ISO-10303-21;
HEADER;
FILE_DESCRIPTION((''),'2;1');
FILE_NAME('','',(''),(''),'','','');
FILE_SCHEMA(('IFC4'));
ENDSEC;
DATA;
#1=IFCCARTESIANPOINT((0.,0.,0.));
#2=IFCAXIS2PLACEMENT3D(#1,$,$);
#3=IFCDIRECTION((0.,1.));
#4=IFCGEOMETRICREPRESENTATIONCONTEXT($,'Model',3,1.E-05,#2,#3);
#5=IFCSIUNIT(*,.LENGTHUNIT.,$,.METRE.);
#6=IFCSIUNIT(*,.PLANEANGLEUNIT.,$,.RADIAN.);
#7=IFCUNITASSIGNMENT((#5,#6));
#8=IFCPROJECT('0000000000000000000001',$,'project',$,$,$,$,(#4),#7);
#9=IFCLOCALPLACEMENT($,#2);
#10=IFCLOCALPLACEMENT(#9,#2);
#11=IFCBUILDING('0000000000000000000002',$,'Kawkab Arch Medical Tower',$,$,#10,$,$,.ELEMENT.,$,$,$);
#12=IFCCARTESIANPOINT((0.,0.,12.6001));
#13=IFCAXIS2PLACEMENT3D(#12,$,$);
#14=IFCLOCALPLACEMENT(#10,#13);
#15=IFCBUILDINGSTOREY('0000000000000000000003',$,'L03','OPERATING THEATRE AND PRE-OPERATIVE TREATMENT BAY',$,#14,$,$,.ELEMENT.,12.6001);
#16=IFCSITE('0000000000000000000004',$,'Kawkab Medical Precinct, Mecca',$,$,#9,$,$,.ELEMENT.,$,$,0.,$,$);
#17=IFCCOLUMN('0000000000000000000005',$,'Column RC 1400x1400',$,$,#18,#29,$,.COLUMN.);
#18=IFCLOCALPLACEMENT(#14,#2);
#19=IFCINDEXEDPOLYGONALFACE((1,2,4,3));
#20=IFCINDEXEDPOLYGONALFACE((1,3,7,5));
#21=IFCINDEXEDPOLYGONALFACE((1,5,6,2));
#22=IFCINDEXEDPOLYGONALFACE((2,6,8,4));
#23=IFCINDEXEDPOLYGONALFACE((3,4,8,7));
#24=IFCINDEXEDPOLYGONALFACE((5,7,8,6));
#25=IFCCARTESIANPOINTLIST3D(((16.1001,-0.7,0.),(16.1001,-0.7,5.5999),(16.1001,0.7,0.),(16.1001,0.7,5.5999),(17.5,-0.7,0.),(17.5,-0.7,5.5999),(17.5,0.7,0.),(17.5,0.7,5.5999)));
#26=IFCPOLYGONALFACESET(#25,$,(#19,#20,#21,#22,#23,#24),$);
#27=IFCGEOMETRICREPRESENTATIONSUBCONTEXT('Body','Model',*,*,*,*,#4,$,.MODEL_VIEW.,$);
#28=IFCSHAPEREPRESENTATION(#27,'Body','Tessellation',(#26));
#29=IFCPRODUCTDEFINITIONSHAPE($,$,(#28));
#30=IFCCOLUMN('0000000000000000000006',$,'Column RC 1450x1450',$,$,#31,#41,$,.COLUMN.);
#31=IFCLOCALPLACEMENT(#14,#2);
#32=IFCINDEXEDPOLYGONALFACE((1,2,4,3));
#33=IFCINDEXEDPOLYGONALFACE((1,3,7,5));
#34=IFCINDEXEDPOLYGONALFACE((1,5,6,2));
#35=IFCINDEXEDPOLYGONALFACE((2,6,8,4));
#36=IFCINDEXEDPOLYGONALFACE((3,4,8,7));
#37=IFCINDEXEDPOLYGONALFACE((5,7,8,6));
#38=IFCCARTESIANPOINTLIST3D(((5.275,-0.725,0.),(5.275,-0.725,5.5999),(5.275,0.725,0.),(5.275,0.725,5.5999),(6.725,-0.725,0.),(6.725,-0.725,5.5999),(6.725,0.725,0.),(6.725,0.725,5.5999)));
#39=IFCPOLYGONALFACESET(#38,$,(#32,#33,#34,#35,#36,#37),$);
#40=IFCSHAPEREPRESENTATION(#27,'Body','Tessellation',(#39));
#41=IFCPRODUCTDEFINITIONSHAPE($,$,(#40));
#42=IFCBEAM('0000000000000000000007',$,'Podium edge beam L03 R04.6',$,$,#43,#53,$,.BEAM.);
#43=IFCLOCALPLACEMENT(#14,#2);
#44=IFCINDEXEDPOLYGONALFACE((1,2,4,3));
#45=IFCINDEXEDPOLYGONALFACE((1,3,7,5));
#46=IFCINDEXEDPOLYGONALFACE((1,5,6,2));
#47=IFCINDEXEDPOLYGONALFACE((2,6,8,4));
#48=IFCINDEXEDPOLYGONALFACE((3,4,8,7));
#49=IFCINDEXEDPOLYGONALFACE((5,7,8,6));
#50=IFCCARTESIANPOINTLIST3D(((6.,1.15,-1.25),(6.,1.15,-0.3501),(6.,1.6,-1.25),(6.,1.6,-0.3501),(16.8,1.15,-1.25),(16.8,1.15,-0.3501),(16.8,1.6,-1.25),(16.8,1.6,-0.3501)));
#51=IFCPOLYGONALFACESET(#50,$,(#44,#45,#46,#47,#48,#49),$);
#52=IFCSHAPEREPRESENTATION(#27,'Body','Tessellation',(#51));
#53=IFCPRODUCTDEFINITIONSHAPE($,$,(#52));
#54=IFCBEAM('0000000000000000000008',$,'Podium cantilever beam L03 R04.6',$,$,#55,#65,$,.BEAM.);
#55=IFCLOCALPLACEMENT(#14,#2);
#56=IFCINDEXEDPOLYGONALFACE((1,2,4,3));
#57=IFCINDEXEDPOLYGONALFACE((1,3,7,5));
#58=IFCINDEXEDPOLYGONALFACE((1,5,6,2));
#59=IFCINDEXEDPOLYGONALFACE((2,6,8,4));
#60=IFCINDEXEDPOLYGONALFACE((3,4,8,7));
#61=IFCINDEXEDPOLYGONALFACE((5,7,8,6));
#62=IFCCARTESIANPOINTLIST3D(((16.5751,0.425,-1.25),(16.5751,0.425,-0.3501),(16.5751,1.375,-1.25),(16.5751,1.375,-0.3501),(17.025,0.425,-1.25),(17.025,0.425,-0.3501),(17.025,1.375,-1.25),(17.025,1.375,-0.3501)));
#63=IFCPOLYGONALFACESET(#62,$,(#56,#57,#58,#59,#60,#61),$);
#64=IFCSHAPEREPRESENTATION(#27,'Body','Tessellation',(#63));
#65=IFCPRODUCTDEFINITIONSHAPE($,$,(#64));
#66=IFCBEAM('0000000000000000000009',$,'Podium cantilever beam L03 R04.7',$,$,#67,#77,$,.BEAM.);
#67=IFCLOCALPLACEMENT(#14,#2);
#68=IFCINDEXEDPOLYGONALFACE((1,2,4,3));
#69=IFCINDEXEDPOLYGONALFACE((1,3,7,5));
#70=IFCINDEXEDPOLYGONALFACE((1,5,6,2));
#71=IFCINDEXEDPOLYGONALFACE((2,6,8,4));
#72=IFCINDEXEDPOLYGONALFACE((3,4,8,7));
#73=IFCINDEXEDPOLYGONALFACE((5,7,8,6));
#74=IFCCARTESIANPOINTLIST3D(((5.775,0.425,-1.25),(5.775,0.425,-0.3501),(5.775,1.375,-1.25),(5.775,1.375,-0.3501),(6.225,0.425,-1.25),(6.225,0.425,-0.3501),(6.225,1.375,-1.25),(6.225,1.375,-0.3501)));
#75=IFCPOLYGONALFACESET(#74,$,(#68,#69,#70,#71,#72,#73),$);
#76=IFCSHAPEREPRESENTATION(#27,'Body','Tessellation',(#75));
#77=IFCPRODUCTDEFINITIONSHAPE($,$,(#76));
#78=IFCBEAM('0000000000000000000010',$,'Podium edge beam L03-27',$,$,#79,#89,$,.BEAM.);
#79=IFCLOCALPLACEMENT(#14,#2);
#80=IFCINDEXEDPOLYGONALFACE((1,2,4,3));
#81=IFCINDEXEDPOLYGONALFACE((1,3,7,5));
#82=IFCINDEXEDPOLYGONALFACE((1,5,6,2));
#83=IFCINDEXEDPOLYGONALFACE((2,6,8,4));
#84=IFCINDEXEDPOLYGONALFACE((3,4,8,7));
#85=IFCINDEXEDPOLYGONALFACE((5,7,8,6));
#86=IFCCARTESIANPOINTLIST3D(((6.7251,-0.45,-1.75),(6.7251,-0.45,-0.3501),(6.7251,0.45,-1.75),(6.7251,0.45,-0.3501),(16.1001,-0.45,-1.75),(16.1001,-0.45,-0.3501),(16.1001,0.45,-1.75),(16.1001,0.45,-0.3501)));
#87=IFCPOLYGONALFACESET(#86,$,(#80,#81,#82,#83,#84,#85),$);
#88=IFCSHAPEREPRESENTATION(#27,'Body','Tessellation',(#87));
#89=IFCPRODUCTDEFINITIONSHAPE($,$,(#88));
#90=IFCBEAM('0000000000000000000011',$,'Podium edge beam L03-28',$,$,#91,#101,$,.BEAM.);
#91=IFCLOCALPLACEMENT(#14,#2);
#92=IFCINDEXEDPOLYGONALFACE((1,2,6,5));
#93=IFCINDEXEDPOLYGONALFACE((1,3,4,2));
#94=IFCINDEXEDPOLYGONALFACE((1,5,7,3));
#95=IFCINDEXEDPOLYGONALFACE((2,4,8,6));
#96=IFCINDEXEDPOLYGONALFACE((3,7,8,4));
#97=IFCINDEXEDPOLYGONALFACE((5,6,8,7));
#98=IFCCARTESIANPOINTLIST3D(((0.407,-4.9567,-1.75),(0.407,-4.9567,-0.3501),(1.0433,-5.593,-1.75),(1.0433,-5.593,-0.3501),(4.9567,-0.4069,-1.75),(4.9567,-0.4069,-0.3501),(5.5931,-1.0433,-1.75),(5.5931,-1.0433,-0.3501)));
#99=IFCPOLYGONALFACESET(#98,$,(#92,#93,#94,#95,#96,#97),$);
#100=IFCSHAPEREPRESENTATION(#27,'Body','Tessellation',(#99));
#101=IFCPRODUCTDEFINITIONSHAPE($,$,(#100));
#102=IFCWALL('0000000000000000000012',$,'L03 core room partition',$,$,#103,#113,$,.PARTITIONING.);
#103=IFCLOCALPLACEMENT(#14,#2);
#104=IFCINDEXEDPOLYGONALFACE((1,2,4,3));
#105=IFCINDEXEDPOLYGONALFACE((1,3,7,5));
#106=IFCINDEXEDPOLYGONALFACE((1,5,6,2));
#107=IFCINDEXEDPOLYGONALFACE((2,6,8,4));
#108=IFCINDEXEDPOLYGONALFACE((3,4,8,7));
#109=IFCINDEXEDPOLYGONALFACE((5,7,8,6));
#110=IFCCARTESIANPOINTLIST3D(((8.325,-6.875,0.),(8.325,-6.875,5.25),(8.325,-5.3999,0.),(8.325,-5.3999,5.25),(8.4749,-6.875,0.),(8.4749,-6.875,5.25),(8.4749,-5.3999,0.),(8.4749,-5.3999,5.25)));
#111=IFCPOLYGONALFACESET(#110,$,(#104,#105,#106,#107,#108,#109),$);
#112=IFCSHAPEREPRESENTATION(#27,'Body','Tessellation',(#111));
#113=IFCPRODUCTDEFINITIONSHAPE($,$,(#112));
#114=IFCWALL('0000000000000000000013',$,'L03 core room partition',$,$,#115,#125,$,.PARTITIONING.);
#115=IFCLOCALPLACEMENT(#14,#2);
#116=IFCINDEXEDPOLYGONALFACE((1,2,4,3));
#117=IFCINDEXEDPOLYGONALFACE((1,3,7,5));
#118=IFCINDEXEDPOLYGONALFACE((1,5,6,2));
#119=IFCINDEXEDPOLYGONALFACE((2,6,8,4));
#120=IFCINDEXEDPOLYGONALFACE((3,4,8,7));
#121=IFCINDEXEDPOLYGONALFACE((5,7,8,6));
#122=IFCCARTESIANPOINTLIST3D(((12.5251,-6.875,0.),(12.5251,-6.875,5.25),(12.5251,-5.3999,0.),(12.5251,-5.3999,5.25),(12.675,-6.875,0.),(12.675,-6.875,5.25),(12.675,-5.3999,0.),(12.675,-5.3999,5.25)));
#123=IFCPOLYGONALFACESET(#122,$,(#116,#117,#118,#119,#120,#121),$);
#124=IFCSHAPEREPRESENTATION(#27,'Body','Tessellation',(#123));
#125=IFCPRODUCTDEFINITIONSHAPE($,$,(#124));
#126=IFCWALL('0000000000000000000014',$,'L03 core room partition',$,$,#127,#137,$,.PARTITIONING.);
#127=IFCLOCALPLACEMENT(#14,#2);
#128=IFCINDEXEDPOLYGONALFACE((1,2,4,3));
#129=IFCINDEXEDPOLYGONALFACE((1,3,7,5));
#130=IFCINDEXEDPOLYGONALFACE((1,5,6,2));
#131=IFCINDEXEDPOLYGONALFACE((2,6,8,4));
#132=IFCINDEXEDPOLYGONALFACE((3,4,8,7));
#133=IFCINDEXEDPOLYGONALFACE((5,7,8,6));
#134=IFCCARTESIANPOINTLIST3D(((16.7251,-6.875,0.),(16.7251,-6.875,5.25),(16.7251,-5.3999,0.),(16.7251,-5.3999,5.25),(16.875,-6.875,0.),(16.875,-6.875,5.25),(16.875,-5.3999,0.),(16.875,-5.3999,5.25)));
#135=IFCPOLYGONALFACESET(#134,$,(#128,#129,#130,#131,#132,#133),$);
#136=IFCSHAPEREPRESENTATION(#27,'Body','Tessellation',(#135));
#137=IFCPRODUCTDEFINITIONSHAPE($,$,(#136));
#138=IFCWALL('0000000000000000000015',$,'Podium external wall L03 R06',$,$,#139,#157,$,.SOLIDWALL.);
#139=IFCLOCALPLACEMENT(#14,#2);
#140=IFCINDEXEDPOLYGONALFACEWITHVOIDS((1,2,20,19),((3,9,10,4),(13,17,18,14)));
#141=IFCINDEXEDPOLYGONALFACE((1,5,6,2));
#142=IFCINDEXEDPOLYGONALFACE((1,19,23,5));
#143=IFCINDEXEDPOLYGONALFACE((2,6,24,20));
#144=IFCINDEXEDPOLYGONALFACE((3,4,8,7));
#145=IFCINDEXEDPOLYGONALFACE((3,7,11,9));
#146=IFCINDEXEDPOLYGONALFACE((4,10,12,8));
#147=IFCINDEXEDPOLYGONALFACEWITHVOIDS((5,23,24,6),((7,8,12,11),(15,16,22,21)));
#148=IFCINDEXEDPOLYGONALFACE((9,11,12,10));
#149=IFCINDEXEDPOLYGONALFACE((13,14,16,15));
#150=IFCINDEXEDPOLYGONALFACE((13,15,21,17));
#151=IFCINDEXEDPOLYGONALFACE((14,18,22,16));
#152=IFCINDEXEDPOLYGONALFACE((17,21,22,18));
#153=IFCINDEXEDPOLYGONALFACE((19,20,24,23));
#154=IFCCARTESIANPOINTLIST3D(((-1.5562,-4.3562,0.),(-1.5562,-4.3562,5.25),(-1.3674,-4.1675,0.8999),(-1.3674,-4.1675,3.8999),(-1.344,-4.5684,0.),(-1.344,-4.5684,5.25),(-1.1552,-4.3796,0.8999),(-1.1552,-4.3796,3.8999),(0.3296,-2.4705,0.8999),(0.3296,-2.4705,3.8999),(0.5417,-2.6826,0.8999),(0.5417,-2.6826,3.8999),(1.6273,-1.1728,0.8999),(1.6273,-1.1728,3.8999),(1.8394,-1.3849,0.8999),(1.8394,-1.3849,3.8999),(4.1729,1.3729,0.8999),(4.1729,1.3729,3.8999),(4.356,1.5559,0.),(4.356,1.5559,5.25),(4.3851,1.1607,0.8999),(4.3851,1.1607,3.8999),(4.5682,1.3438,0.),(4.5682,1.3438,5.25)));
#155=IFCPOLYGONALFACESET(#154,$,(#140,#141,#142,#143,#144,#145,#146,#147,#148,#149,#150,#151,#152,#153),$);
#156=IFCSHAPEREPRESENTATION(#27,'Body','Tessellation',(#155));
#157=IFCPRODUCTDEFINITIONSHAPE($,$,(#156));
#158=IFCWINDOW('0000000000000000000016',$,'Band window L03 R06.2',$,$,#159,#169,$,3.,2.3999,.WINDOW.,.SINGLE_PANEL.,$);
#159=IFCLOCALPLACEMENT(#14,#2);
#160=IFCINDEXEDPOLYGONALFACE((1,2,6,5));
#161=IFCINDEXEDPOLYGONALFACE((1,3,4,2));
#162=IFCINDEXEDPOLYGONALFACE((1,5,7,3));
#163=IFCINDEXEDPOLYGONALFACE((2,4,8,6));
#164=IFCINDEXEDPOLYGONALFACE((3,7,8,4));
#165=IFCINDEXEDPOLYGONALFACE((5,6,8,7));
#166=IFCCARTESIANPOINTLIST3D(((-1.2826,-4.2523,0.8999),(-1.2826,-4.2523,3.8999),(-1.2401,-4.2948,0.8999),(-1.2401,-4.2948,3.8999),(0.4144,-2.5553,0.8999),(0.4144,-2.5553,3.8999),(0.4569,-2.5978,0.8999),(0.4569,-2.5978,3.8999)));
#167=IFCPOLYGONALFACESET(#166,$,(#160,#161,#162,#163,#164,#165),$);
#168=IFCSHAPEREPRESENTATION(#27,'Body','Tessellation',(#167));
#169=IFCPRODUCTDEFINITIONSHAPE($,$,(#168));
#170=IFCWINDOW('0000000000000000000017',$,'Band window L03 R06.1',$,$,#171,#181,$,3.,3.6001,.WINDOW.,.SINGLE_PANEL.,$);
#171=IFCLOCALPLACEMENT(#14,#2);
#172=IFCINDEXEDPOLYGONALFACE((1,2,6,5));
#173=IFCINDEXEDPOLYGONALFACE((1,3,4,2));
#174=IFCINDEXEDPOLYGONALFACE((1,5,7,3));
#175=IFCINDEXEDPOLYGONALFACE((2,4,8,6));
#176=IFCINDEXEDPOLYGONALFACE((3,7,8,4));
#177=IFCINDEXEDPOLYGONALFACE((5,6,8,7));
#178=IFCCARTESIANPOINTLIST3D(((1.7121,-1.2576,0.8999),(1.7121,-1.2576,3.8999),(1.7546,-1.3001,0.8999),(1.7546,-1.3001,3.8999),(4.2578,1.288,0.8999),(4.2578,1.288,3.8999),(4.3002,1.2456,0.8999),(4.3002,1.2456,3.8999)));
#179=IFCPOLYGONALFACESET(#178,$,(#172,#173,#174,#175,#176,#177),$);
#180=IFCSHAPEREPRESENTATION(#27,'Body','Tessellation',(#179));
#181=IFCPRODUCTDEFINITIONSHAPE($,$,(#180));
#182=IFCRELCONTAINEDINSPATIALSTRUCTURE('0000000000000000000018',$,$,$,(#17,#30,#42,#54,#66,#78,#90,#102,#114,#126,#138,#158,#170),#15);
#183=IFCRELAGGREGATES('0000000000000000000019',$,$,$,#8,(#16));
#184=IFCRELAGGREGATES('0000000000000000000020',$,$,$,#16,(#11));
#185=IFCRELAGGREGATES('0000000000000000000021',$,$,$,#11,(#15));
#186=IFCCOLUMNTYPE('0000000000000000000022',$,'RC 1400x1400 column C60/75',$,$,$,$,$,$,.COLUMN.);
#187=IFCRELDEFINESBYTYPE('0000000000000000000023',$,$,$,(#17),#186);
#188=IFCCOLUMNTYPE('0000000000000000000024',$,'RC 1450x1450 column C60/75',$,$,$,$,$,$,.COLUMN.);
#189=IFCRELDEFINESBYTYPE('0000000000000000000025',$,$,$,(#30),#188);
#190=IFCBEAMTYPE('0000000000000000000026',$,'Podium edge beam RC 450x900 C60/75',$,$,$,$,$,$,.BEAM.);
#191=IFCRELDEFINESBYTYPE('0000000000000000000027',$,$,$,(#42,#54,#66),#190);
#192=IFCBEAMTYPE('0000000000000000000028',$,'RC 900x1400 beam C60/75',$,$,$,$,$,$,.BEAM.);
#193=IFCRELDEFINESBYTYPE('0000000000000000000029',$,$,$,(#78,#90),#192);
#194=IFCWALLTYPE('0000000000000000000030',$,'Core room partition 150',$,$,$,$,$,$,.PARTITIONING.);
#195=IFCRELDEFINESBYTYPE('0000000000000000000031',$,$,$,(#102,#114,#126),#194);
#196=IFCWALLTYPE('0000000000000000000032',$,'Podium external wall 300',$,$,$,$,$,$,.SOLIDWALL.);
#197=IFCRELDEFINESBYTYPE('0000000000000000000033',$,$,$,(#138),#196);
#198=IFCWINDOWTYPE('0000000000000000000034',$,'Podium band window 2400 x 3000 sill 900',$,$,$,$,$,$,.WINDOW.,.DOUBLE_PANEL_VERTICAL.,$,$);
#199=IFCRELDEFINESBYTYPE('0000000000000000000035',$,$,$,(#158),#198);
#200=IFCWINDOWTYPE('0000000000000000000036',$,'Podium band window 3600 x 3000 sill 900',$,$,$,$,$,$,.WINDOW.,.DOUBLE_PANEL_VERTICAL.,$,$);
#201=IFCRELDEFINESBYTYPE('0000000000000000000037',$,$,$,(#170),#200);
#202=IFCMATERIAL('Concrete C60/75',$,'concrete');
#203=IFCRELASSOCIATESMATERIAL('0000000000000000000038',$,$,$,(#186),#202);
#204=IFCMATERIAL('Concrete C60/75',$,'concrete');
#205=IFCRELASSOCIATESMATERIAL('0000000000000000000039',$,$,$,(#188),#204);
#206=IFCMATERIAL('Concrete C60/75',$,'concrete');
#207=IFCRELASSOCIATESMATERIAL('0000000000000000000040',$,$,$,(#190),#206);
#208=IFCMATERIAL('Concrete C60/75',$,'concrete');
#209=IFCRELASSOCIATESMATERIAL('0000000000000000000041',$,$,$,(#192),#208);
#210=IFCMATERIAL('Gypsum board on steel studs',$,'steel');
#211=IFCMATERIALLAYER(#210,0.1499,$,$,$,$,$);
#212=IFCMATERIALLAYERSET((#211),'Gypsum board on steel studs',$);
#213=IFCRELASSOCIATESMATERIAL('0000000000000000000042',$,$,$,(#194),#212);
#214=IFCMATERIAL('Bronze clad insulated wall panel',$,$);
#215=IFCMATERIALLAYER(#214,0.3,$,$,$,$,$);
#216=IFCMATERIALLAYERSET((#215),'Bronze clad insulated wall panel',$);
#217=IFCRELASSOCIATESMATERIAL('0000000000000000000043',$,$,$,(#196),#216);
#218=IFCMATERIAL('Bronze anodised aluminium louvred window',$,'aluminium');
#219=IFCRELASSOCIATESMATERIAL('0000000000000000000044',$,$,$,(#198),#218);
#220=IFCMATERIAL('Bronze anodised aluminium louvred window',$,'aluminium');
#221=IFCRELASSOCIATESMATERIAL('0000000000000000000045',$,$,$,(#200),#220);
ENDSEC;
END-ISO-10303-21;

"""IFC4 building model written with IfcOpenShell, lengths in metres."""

from ifc_helpers import new_model, si_unit, direction, frame, frame_2d, origin, origin_2d, place, context, subcontext, project, spatial, rectangle, extrude, material, layer, layer_set, material_profile, profile_set, type_object, element, fill, save


model = new_model("IFC4")

# Units and contexts
model_context = context("Model", 3, precision=1e-05, world=origin(), true_north=direction((0.0, 1.0)))
body_context = subcontext(model_context, "Body", "Model", "MODEL_VIEW")
ifc_project = project(units=[si_unit("LENGTHUNIT", "METRE"), si_unit("PLANEANGLEUNIT", "RADIAN")], contexts=[model_context])

# Site, building, storey
site_placement = place(None, origin())
site = spatial("IfcSite", under=ifc_project, at=site_placement, Name="Kawkab Medical Precinct, Mecca", CompositionType="ELEMENT", RefElevation=0.0)
building_placement = place(site_placement, origin())
building = spatial("IfcBuilding", under=site, at=building_placement, Name="Kawkab Arch Medical Tower", CompositionType="ELEMENT")
storey_placement = place(building_placement, frame((0.0, 0.0, 12.6001)))
storey = spatial("IfcBuildingStorey", under=building, at=storey_placement, Name="L03", Description="OPERATING THEATRE AND PRE-OPERATIVE TREATMENT BAY", CompositionType="ELEMENT", Elevation=12.6001)

# Columns
ifc_material_1 = material(Name="Concrete C60/75", Category="concrete")
ifc_material_profile_1 = material_profile(ifc_material_1, rectangle(XDim=1.3999, YDim=1.3999, at=origin_2d()), Name="RC 1400x1400")
ifc_profile_set_1 = profile_set([ifc_material_profile_1], Name="Concrete C60/75")
column_type_1 = type_object("IfcColumnType", Name="RC 1400x1400 column C60/75", PredefinedType="COLUMN", material=ifc_profile_set_1)
column_1_placement = place(storey_placement, frame((16.8, 0.0, 0.0), z_axis=(0.0, 0.0, 1.0), x_axis=(1.0, 0.0, 0.0)))
element("IfcColumn", 1, at=column_1_placement, inside=storey, type_object=column_type_1, Name="Column RC 1400x1400", PredefinedType="COLUMN", context=body_context, shape_type="SweptSolid", body=[
    extrude(rectangle(XDim=1.3999, YDim=1.3999, at=origin_2d()), origin(), (0.0, 0.0, 1.0), 5.5999),
])
ifc_material_2 = material(Name="Concrete C60/75", Category="concrete")
ifc_material_profile_2 = material_profile(ifc_material_2, rectangle(XDim=1.45, YDim=1.45, at=origin_2d()), Name="RC 1450x1450")
ifc_profile_set_2 = profile_set([ifc_material_profile_2], Name="Concrete C60/75")
column_type_2 = type_object("IfcColumnType", Name="RC 1450x1450 column C60/75", PredefinedType="COLUMN", material=ifc_profile_set_2)
column_2_placement = place(storey_placement, frame((6.0, 0.0, 0.0), z_axis=(0.0, 0.0, 1.0), x_axis=(1.0, 0.0, 0.0)))
element("IfcColumn", 2, at=column_2_placement, inside=storey, type_object=column_type_2, Name="Column RC 1450x1450", PredefinedType="COLUMN", context=body_context, shape_type="SweptSolid", body=[
    extrude(rectangle(XDim=1.45, YDim=1.45, at=origin_2d()), origin(), (0.0, 0.0, 1.0), 5.5999),
])

# Beams
ifc_material_3 = material(Name="Concrete C60/75", Category="concrete")
ifc_material_profile_3 = material_profile(ifc_material_3, rectangle(XDim=0.45, YDim=0.8999, at=origin_2d()), Name="RC 450x900")
ifc_profile_set_3 = profile_set([ifc_material_profile_3], Name="Concrete C60/75")
beam_type_1 = type_object("IfcBeamType", Name="Podium edge beam RC 450x900 C60/75", PredefinedType="BEAM", material=ifc_profile_set_3)
beam_1_placement = place(storey_placement, frame((16.8, 1.375, -0.8), z_axis=(-1.0, 0.0, 0.0), x_axis=(0.0, -1.0, 0.0)))
element("IfcBeam", 3, at=beam_1_placement, inside=storey, type_object=beam_type_1, Name="Podium edge beam L03 R04.6", PredefinedType="BEAM", context=body_context, shape_type="SweptSolid", body=[
    extrude(rectangle(XDim=0.45, YDim=0.8999, at=origin_2d()), origin(), (0.0, 0.0, 1.0), 10.8),
])
for number, where, z_axis, x_axis, name in (
    (4, (16.8, 0.425, -0.8), (0.0, 1.0, 0.0), (-1.0, 0.0, 0.0), "Podium cantilever beam L03 R04.6"),
    (5, (6.0, 0.425, -0.8), (0.0, 1.0, 0.0), (-1.0, 0.0, 0.0), "Podium cantilever beam L03 R04.7"),
):
    element("IfcBeam", number, at=place(storey_placement, frame(where, z_axis=z_axis, x_axis=x_axis)), inside=storey, type_object=beam_type_1, Name=name, PredefinedType="BEAM", context=body_context, shape_type="SweptSolid", body=[
        extrude(rectangle(XDim=0.45, YDim=0.8999, at=origin_2d()), origin(), (0.0, 0.0, 1.0), 0.95),
    ])
ifc_material_4 = material(Name="Concrete C60/75", Category="concrete")
ifc_material_profile_4 = material_profile(ifc_material_4, rectangle(XDim=0.8999, YDim=1.3999, at=origin_2d()), Name="RC 900x1400")
ifc_profile_set_4 = profile_set([ifc_material_profile_4], Name="Concrete C60/75")
beam_type_2 = type_object("IfcBeamType", Name="RC 900x1400 beam C60/75", PredefinedType="BEAM", material=ifc_profile_set_4)
beam_2_placement = place(storey_placement, frame((16.1001, 0.0, -1.05), z_axis=(-1.0, 0.0, 0.0), x_axis=(0.0, -1.0, 0.0)))
element("IfcBeam", 6, at=beam_2_placement, inside=storey, type_object=beam_type_2, Name="Podium edge beam L03-27", PredefinedType="BEAM", context=body_context, shape_type="SweptSolid", body=[
    extrude(rectangle(XDim=0.8999, YDim=1.3999, at=origin_2d()), origin(), (0.0, 0.0, 1.0), 9.375),
])
beam_3_placement = place(storey_placement, frame((5.2749, -0.7251, -1.05), z_axis=(-0.707107, -0.707107, 0.0), x_axis=(0.707107, -0.707107, 0.0)))
element("IfcBeam", 7, at=beam_3_placement, inside=storey, type_object=beam_type_2, Name="Podium edge beam L03-28", PredefinedType="BEAM", context=body_context, shape_type="SweptSolid", body=[
    extrude(rectangle(XDim=0.8999, YDim=1.3999, at=origin_2d()), origin(), (0.0, 0.0, 1.0), 6.4343),
])

# Walls
ifc_material_5 = material(Name="Gypsum board on steel studs", Category="steel")
ifc_layer_1 = layer(ifc_material_5, 0.1499)
ifc_layer_set_1 = layer_set([ifc_layer_1], Name="Gypsum board on steel studs")
wall_type_1 = type_object("IfcWallType", Name="Core room partition 150", PredefinedType="PARTITIONING", material=ifc_layer_set_1)
for number, where, z_axis, x_axis, name in (
    (8, (8.3999, -6.875, 0.0), (0.0, 0.0, 1.0), (0.0, 1.0, 0.0), "L03 core room partition"),
    (9, (12.6001, -6.875, 0.0), (0.0, 0.0, 1.0), (0.0, 1.0, 0.0), "L03 core room partition"),
    (10, (16.8, -6.875, 0.0), (0.0, 0.0, 1.0), (0.0, 1.0, 0.0), "L03 core room partition"),
):
    element("IfcWall", number, at=place(storey_placement, frame(where, z_axis=z_axis, x_axis=x_axis)), inside=storey, type_object=wall_type_1, Name=name, PredefinedType="PARTITIONING", context=body_context, shape_type="SweptSolid", body=[
        extrude(rectangle(XDim=1.4751, YDim=0.1499, at=frame_2d((0.7375, 0.0))), origin(), (0.0, 0.0, 1.0), 5.25),
    ])

# Wall, openings, windows
ifc_material_6 = material(Name="Bronze clad insulated wall panel")
ifc_layer_2 = layer(ifc_material_6, 0.3)
ifc_layer_set_2 = layer_set([ifc_layer_2], Name="Bronze clad insulated wall panel")
wall_type_2 = type_object("IfcWallType", Name="Podium external wall 300", PredefinedType="SOLIDWALL", material=ifc_layer_set_2)
wall_1_placement = place(storey_placement, frame((4.4622, 1.45, 0.0), z_axis=(0.0, 0.0, 1.0), x_axis=(-0.707107, -0.707107, 0.0)))
wall_1 = element("IfcWall", 11, at=wall_1_placement, inside=storey, type_object=wall_type_2, Name="Podium external wall L03 R06", PredefinedType="SOLIDWALL", context=body_context, shape_type="SweptSolid", body=[
    extrude(rectangle(XDim=8.3611, YDim=0.3, at=frame_2d((4.1807, 0.0))), origin(), (0.0, 0.0, 1.0), 5.25),
])
opening_1_placement = place(wall_1_placement, frame((0.259, 0.0, 0.8999)))
opening_1 = element("IfcOpeningElement", 12, at=opening_1_placement, cuts=wall_1, PredefinedType="OPENING", context=body_context, shape_type="SweptSolid", body=[
    extrude(rectangle(XDim=3.6001, YDim=3.0, at=frame_2d((1.8, 1.5))), frame((0.0, 0.1599, 0.0), z_axis=(0.0, -1.0, 0.0), x_axis=(1.0, 0.0, 0.0)), (0.0, 0.0, 1.0), 0.3201),
])
opening_2_placement = place(wall_1_placement, frame((5.6943, 0.0, 0.8999)))
opening_2 = element("IfcOpeningElement", 13, at=opening_2_placement, cuts=wall_1, PredefinedType="OPENING", context=body_context, shape_type="SweptSolid", body=[
    extrude(rectangle(XDim=2.3999, YDim=3.0, at=frame_2d((1.2, 1.5))), frame((0.0, 0.1599, 0.0), z_axis=(0.0, -1.0, 0.0), x_axis=(1.0, 0.0, 0.0)), (0.0, 0.0, 1.0), 0.3201),
])
ifc_material_7 = material(Name="Bronze anodised aluminium louvred window", Category="aluminium")
window_type_1 = type_object("IfcWindowType", Name="Podium band window 2400 x 3000 sill 900", PartitioningType="DOUBLE_PANEL_VERTICAL", PredefinedType="WINDOW", material=ifc_material_7)
window_1_placement = place(opening_2_placement, origin())
window_1 = element("IfcWindow", 14, at=window_1_placement, inside=storey, type_object=window_type_1, Name="Band window L03 R06.2", OverallHeight=3.0, OverallWidth=2.3999, PartitioningType="SINGLE_PANEL", PredefinedType="WINDOW", context=body_context, shape_type="SweptSolid", body=[
    extrude(rectangle(XDim=2.3999, YDim=3.0, at=frame_2d((1.2, 1.5))), frame((0.0, 0.03, 0.0), z_axis=(0.0, -1.0, 0.0), x_axis=(1.0, 0.0, 0.0)), (0.0, 0.0, 1.0), 0.0601),
])
fill(opening_2, window_1)
ifc_material_8 = material(Name="Bronze anodised aluminium louvred window", Category="aluminium")
window_type_2 = type_object("IfcWindowType", Name="Podium band window 3600 x 3000 sill 900", PartitioningType="DOUBLE_PANEL_VERTICAL", PredefinedType="WINDOW", material=ifc_material_8)
window_2_placement = place(opening_1_placement, origin())
window_2 = element("IfcWindow", 15, at=window_2_placement, inside=storey, type_object=window_type_2, Name="Band window L03 R06.1", OverallHeight=3.0, OverallWidth=3.6001, PartitioningType="SINGLE_PANEL", PredefinedType="WINDOW", context=body_context, shape_type="SweptSolid", body=[
    extrude(rectangle(XDim=3.6001, YDim=3.0, at=frame_2d((1.8, 1.5))), frame((0.0, 0.03, 0.0), z_axis=(0.0, -1.0, 0.0), x_axis=(1.0, 0.0, 0.0)), (0.0, 0.0, 1.0), 0.0601),
])
fill(opening_1, window_2)

save(model, "model.ifc")
